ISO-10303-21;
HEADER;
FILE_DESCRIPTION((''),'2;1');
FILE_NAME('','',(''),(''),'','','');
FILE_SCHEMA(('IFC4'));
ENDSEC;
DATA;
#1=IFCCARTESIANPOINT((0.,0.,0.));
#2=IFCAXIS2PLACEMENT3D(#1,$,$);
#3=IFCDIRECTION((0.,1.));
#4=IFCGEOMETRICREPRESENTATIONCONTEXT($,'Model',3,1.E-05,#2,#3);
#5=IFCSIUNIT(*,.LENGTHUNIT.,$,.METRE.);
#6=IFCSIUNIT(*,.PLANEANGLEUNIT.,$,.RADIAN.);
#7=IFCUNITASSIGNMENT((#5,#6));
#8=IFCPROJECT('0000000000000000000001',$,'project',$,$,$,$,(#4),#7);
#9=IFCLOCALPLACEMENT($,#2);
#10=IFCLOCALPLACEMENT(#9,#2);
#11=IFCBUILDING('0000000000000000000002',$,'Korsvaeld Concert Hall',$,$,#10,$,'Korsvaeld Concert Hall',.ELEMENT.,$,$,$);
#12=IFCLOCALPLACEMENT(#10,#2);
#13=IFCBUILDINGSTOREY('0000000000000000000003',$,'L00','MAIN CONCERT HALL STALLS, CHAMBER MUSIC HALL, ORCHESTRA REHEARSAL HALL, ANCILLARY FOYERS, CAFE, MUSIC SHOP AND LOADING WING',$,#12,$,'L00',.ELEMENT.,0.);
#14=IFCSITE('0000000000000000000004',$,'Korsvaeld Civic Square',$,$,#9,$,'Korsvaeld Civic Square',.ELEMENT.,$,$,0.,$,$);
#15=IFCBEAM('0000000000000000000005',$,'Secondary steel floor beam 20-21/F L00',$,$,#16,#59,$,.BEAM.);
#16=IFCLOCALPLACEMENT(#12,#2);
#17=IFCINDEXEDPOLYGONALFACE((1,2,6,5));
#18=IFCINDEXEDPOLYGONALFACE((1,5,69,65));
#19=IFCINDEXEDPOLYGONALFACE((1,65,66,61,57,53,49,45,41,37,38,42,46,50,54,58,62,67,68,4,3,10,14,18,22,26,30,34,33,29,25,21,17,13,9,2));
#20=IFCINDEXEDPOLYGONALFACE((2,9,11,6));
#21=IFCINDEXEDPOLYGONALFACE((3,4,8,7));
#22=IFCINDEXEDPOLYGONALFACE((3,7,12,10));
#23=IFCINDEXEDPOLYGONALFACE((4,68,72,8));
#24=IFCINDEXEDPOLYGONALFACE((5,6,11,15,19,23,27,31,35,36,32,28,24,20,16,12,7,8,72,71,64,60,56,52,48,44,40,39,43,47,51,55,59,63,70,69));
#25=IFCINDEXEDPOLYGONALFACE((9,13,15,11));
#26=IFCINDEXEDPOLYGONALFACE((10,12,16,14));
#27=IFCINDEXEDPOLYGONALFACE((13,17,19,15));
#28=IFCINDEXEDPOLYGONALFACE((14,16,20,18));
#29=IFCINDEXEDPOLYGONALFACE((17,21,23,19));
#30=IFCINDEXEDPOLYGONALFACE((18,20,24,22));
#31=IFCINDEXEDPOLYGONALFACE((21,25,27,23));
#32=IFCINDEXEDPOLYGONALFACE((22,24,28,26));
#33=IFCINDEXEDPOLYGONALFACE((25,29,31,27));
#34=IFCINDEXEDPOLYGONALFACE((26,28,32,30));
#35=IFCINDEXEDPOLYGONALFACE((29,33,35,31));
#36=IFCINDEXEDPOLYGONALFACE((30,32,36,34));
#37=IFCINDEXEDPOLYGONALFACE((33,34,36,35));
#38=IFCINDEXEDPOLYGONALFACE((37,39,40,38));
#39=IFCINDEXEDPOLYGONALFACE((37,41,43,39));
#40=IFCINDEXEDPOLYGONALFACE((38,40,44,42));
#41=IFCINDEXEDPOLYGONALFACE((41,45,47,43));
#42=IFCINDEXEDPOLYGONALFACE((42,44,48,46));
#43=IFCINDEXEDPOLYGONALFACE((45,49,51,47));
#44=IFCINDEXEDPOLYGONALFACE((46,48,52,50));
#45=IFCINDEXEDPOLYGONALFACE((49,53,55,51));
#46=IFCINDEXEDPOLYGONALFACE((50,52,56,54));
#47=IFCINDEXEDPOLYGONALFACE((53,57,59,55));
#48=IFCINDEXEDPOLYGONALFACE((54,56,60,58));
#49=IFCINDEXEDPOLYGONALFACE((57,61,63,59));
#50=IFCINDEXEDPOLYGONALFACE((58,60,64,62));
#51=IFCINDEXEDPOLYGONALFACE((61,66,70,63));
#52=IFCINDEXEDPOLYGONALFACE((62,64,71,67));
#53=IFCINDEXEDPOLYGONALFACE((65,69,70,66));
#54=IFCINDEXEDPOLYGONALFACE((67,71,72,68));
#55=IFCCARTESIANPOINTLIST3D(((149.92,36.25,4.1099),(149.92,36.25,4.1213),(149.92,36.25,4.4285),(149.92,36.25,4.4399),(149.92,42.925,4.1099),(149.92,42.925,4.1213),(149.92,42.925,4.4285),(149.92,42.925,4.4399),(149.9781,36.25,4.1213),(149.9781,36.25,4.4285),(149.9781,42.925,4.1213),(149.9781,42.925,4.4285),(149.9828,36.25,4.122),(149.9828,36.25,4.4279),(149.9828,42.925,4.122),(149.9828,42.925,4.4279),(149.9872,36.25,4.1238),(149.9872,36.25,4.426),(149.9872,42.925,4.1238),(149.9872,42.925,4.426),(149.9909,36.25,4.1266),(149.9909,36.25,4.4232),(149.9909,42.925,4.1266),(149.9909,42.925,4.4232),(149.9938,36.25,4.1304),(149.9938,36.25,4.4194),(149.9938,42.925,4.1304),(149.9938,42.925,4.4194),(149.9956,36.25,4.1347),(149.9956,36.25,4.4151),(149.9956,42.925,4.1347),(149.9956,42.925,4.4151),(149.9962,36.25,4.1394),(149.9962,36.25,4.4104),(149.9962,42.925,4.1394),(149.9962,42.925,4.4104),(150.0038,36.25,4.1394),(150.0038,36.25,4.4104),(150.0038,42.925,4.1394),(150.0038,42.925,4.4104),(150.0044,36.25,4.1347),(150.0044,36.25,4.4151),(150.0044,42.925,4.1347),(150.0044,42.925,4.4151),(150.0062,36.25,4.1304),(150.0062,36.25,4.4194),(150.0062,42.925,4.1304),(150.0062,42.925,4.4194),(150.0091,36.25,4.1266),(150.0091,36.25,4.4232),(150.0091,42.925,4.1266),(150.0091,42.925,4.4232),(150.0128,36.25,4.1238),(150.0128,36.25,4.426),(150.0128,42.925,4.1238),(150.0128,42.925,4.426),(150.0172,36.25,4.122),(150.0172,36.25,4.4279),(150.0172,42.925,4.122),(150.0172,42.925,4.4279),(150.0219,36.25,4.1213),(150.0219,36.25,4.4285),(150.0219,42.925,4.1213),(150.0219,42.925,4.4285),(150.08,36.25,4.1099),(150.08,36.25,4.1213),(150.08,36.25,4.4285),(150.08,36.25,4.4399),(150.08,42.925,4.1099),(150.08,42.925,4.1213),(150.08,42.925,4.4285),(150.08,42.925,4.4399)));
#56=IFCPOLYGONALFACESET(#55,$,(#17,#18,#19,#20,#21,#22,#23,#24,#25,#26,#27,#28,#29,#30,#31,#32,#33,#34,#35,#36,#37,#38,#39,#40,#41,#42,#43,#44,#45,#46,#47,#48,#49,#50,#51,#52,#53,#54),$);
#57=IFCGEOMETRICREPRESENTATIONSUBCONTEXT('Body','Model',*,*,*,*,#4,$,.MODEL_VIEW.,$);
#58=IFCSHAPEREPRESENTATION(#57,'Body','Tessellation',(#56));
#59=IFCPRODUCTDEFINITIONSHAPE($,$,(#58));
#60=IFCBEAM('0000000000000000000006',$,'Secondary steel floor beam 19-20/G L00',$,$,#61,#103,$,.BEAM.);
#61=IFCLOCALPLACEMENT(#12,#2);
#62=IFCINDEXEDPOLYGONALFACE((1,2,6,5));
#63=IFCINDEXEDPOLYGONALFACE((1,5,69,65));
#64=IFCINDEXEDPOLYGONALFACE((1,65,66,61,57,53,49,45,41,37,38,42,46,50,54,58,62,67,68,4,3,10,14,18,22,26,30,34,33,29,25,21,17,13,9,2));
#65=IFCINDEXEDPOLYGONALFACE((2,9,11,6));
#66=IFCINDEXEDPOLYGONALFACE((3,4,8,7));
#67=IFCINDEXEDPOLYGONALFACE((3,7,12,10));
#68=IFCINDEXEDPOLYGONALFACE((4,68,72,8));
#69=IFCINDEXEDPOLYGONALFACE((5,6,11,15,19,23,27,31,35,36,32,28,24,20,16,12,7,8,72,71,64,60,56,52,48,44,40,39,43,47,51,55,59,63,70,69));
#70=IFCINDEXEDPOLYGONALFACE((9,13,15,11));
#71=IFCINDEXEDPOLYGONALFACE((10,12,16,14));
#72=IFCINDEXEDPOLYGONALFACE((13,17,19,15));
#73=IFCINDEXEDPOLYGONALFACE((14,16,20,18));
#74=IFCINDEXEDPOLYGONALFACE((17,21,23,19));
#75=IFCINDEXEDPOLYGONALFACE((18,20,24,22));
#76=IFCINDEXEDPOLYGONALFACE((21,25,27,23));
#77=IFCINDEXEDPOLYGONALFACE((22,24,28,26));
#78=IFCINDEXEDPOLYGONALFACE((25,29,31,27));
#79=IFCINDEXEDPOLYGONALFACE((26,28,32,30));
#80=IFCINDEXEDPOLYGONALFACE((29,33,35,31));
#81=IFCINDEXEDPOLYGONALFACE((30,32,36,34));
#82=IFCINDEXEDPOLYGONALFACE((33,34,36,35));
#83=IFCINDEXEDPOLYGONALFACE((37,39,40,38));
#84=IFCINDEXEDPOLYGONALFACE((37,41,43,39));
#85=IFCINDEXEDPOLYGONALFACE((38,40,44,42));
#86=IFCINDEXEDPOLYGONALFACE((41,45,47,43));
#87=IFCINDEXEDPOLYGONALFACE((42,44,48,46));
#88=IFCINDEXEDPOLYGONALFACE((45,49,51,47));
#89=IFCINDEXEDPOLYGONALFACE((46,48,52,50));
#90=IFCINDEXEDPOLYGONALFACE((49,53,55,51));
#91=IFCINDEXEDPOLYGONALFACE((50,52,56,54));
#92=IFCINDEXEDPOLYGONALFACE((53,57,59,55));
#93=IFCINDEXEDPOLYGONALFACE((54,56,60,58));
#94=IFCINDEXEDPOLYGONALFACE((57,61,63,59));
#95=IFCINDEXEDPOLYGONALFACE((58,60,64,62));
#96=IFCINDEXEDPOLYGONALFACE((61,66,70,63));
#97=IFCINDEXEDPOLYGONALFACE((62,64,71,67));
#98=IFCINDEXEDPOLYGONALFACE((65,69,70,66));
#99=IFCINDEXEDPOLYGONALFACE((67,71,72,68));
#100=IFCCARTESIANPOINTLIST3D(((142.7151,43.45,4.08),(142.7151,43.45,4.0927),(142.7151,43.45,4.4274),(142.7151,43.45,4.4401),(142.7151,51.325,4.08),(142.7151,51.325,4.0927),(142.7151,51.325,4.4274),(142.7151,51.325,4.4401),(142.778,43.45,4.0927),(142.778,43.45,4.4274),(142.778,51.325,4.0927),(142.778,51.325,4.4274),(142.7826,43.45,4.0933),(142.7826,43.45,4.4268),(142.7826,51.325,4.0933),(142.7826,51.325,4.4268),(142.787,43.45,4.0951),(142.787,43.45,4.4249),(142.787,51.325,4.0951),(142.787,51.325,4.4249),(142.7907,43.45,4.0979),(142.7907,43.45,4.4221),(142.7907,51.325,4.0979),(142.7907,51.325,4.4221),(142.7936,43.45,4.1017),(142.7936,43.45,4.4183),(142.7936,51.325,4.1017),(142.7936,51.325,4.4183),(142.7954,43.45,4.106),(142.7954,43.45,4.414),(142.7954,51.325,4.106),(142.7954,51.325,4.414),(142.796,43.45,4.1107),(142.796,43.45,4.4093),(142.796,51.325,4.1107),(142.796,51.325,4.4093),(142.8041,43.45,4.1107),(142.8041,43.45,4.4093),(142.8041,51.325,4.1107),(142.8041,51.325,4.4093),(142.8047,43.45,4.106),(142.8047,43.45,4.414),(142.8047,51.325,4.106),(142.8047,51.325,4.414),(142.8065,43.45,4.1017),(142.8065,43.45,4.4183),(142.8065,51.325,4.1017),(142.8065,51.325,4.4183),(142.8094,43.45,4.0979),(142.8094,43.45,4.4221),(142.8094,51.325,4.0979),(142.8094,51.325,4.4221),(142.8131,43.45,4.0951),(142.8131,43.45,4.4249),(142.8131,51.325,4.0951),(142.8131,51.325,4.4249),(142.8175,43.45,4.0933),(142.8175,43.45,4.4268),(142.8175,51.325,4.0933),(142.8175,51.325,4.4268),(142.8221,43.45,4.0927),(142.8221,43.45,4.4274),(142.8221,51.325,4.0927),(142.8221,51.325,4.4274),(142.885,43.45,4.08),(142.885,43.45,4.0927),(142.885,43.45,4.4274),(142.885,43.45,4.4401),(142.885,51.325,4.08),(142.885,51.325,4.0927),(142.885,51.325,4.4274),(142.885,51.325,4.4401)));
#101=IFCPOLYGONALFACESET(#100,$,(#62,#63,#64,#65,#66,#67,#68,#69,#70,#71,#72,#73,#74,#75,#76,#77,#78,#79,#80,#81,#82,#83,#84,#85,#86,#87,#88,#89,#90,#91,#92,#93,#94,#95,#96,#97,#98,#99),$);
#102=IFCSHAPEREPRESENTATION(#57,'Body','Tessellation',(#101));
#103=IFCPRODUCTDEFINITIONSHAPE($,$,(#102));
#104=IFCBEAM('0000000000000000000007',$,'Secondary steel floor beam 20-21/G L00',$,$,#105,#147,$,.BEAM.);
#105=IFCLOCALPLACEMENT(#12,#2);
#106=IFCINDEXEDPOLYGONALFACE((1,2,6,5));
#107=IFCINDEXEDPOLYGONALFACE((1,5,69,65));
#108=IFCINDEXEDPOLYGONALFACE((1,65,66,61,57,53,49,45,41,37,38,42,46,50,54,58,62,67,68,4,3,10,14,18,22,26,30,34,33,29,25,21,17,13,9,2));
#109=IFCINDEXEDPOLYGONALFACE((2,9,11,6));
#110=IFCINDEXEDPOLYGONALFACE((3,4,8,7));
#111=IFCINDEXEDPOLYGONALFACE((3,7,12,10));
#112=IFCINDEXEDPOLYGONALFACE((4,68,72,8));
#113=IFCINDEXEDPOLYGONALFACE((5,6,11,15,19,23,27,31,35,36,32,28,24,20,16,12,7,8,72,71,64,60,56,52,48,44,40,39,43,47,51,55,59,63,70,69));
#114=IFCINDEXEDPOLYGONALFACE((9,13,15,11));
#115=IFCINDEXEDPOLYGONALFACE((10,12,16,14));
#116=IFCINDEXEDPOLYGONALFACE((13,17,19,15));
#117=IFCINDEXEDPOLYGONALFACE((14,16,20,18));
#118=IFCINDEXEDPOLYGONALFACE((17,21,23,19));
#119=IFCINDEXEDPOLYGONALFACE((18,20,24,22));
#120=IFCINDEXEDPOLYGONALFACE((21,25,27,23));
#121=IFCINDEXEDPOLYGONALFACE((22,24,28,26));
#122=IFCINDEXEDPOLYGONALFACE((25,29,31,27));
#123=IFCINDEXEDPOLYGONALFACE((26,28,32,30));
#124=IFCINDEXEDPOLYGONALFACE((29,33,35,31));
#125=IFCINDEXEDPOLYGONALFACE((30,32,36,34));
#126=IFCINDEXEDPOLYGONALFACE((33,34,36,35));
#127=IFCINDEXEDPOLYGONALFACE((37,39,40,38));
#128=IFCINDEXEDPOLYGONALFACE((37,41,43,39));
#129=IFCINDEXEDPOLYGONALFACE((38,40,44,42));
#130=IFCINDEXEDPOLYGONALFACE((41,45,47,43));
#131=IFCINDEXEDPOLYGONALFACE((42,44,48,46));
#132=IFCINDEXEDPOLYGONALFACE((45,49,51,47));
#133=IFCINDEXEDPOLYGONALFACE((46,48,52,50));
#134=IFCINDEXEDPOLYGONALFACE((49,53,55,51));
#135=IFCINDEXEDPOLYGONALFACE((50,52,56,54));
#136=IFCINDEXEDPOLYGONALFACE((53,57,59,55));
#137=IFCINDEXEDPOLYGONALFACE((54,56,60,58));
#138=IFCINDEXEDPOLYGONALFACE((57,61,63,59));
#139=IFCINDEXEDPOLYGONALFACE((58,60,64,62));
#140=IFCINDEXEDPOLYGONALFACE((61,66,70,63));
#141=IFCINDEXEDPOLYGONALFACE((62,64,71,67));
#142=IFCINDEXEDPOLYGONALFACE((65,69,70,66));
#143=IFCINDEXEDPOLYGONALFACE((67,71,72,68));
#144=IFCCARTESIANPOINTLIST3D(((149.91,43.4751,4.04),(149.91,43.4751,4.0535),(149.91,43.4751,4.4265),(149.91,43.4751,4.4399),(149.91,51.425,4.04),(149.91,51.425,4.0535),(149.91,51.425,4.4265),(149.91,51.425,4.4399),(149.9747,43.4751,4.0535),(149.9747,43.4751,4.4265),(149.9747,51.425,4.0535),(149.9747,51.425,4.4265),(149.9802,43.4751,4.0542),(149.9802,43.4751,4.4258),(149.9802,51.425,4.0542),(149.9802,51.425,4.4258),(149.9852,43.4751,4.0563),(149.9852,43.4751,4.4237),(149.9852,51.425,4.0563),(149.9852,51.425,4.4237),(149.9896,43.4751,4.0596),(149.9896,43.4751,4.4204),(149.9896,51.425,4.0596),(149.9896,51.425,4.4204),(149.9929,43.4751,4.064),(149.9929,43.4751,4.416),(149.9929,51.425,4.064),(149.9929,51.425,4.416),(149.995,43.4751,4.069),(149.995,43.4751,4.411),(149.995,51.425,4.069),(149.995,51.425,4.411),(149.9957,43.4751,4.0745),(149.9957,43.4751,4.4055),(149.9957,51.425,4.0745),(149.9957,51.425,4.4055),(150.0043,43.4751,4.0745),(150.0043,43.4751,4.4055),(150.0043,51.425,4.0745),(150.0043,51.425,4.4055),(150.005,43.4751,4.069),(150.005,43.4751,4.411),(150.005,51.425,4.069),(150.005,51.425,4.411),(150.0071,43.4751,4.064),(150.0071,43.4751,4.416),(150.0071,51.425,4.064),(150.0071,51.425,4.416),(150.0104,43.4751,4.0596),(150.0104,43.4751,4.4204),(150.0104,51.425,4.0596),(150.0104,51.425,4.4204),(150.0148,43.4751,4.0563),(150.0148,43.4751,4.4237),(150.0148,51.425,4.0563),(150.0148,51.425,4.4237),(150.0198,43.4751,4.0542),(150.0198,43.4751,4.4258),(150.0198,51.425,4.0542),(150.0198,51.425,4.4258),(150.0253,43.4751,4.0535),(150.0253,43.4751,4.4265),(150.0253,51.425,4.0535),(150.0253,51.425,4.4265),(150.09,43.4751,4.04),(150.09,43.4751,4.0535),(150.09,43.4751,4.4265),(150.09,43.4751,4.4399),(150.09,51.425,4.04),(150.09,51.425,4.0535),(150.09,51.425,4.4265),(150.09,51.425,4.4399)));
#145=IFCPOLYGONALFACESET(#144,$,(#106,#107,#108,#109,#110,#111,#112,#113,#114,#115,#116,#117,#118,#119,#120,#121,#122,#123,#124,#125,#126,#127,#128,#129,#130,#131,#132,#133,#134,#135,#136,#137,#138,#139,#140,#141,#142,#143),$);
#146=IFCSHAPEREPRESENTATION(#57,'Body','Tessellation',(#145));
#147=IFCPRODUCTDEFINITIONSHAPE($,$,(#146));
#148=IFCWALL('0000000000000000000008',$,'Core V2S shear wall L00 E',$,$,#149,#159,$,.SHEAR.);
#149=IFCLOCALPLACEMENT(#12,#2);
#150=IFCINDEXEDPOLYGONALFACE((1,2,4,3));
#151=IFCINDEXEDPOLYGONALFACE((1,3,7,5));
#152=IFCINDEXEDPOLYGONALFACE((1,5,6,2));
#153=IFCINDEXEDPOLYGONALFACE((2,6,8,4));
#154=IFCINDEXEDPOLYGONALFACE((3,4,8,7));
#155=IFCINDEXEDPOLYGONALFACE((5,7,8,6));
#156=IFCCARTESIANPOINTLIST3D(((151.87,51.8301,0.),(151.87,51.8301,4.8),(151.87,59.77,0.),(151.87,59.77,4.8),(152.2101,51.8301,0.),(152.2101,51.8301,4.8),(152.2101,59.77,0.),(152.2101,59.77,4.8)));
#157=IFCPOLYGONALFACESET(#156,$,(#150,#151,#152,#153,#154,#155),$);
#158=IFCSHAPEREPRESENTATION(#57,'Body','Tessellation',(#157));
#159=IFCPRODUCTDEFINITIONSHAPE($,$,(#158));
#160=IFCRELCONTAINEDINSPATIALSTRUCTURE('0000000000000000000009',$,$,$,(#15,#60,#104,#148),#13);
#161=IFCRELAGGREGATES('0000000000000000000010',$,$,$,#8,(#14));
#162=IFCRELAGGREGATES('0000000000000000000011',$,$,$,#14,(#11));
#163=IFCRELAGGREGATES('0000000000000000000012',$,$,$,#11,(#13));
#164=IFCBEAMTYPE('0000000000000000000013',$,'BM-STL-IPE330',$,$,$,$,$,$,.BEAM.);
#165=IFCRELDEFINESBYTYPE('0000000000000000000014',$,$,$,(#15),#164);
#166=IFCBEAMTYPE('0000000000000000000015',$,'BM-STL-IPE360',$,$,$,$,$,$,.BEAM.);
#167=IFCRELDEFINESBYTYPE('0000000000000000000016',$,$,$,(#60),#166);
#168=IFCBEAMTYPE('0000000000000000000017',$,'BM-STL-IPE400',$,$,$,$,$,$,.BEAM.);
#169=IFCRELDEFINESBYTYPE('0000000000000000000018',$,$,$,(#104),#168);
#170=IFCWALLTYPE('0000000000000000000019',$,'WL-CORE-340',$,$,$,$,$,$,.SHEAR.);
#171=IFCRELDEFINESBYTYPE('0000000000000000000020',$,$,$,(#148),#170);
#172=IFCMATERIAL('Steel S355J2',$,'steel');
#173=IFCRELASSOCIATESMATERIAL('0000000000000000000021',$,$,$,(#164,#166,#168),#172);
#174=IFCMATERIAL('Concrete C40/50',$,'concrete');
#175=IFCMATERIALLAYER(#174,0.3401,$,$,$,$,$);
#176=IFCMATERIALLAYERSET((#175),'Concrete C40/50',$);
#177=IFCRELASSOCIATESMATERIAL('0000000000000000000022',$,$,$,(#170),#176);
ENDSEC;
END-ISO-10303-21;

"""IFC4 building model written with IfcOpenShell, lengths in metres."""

from ifc_helpers import new_model, si_unit, direction, frame, frame_2d, origin, origin_2d, place, context, subcontext, project, spatial, rectangle, i_section, extrude, material, layer, layer_set, material_profile, profile_set, type_object, element, save


model = new_model("IFC4")

# Units and contexts
model_context = context("Model", 3, precision=1e-05, world=origin(), true_north=direction((0.0, 1.0)))
body_context = subcontext(model_context, "Body", "Model", "MODEL_VIEW")
ifc_project = project(units=[si_unit("LENGTHUNIT", "METRE"), si_unit("PLANEANGLEUNIT", "RADIAN")], contexts=[model_context])

# Site, building, storey
site_placement = place(None, origin())
site = spatial("IfcSite", under=ifc_project, at=site_placement, Name="Korsvaeld Civic Square", LongName="Korsvaeld Civic Square", CompositionType="ELEMENT", RefElevation=0.0)
building_placement = place(site_placement, origin())
building = spatial("IfcBuilding", under=site, at=building_placement, Name="Korsvaeld Concert Hall", LongName="Korsvaeld Concert Hall", CompositionType="ELEMENT")
storey_placement = place(building_placement, origin())
storey = spatial("IfcBuildingStorey", under=building, at=storey_placement, Name="L00", Description="MAIN CONCERT HALL STALLS, CHAMBER MUSIC HALL, ORCHESTRA REHEARSAL HALL, ANCILLARY FOYERS, CAFE, MUSIC SHOP AND LOADING WING", LongName="L00", CompositionType="ELEMENT", Elevation=0.0)

# Shared definitions
ifc_material_1 = material(Name="Concrete C40/50", Category="concrete")

# Beams
ifc_material_2 = material(Name="Steel S355J2", Category="steel")
ifc_material_profile_1 = material_profile(ifc_material_2, i_section(OverallWidth=0.1599, OverallDepth=0.3301, WebThickness=0.0076, FlangeThickness=0.0115, FilletRadius=0.0181, at=origin_2d()), Name="IPE 330")
ifc_profile_set_1 = profile_set([ifc_material_profile_1], Name="Steel S355J2")
beam_type_1 = type_object("IfcBeamType", Name="BM-STL-IPE330", PredefinedType="BEAM", material=ifc_profile_set_1)
beam_1_placement = place(storey_placement, frame((150.0, 36.25, 4.2749), z_axis=(0.0, 1.0, 0.0), x_axis=(-1.0, 0.0, 0.0)))
element("IfcBeam", 1, at=beam_1_placement, inside=storey, type_object=beam_type_1, Name="Secondary steel floor beam 20-21/F L00", PredefinedType="BEAM", context=body_context, shape_type="SweptSolid", body=[
    extrude(i_section(OverallWidth=0.1599, OverallDepth=0.3301, WebThickness=0.0076, FlangeThickness=0.0115, FilletRadius=0.0181, at=origin_2d()), origin(), (0.0, 0.0, 1.0), 6.675),
])
ifc_material_profile_2 = material_profile(ifc_material_2, i_section(OverallWidth=0.1699, OverallDepth=0.3601, WebThickness=0.0081, FlangeThickness=0.0127, FilletRadius=0.0181, at=origin_2d()), Name="IPE 360")
ifc_profile_set_2 = profile_set([ifc_material_profile_2], Name="Steel S355J2")
beam_type_2 = type_object("IfcBeamType", Name="BM-STL-IPE360", PredefinedType="BEAM", material=ifc_profile_set_2)
beam_2_placement = place(storey_placement, frame((142.8, 43.45, 4.26), z_axis=(0.0, 1.0, 0.0), x_axis=(-1.0, 0.0, 0.0)))
element("IfcBeam", 2, at=beam_2_placement, inside=storey, type_object=beam_type_2, Name="Secondary steel floor beam 19-20/G L00", PredefinedType="BEAM", context=body_context, shape_type="SweptSolid", body=[
    extrude(i_section(OverallWidth=0.1699, OverallDepth=0.3601, WebThickness=0.0081, FlangeThickness=0.0127, FilletRadius=0.0181, at=origin_2d()), origin(), (0.0, 0.0, 1.0), 7.875),
])
ifc_material_profile_3 = material_profile(ifc_material_2, i_section(OverallWidth=0.1799, OverallDepth=0.3999, WebThickness=0.0085, FlangeThickness=0.0134, FilletRadius=0.021, at=origin_2d()), Name="IPE 400")
ifc_profile_set_3 = profile_set([ifc_material_profile_3], Name="Steel S355J2")
beam_type_3 = type_object("IfcBeamType", Name="BM-STL-IPE400", PredefinedType="BEAM", material=ifc_profile_set_3)
beam_3_placement = place(storey_placement, frame((150.0, 43.4751, 4.24), z_axis=(0.0, 1.0, 0.0), x_axis=(-1.0, 0.0, 0.0)))
element("IfcBeam", 3, at=beam_3_placement, inside=storey, type_object=beam_type_3, Name="Secondary steel floor beam 20-21/G L00", PredefinedType="BEAM", context=body_context, shape_type="SweptSolid", body=[
    extrude(i_section(OverallWidth=0.1799, OverallDepth=0.3999, WebThickness=0.0085, FlangeThickness=0.0134, FilletRadius=0.021, at=origin_2d()), origin(), (0.0, 0.0, 1.0), 7.95),
])

# Shared definitions
ifc_layer_1 = layer(ifc_material_1, 0.3401)
ifc_layer_set_1 = layer_set([ifc_layer_1], Name="Concrete C40/50")
wall_type_1 = type_object("IfcWallType", Name="WL-CORE-340", PredefinedType="SHEAR", material=ifc_layer_set_1)

# Wall
wall_1_placement = place(storey_placement, frame((152.04, 51.8301, 0.0), z_axis=(0.0, 0.0, 1.0), x_axis=(0.0, 1.0, 0.0)))
element("IfcWall", 4, at=wall_1_placement, inside=storey, type_object=wall_type_1, Name="Core V2S shear wall L00 E", PredefinedType="SHEAR", context=body_context, shape_type="SweptSolid", body=[
    extrude(rectangle(XDim=7.9399, YDim=0.3401, at=frame_2d((3.97, 0.0))), origin(), (0.0, 0.0, 1.0), 4.8),
])

save(model, "model.ifc")
